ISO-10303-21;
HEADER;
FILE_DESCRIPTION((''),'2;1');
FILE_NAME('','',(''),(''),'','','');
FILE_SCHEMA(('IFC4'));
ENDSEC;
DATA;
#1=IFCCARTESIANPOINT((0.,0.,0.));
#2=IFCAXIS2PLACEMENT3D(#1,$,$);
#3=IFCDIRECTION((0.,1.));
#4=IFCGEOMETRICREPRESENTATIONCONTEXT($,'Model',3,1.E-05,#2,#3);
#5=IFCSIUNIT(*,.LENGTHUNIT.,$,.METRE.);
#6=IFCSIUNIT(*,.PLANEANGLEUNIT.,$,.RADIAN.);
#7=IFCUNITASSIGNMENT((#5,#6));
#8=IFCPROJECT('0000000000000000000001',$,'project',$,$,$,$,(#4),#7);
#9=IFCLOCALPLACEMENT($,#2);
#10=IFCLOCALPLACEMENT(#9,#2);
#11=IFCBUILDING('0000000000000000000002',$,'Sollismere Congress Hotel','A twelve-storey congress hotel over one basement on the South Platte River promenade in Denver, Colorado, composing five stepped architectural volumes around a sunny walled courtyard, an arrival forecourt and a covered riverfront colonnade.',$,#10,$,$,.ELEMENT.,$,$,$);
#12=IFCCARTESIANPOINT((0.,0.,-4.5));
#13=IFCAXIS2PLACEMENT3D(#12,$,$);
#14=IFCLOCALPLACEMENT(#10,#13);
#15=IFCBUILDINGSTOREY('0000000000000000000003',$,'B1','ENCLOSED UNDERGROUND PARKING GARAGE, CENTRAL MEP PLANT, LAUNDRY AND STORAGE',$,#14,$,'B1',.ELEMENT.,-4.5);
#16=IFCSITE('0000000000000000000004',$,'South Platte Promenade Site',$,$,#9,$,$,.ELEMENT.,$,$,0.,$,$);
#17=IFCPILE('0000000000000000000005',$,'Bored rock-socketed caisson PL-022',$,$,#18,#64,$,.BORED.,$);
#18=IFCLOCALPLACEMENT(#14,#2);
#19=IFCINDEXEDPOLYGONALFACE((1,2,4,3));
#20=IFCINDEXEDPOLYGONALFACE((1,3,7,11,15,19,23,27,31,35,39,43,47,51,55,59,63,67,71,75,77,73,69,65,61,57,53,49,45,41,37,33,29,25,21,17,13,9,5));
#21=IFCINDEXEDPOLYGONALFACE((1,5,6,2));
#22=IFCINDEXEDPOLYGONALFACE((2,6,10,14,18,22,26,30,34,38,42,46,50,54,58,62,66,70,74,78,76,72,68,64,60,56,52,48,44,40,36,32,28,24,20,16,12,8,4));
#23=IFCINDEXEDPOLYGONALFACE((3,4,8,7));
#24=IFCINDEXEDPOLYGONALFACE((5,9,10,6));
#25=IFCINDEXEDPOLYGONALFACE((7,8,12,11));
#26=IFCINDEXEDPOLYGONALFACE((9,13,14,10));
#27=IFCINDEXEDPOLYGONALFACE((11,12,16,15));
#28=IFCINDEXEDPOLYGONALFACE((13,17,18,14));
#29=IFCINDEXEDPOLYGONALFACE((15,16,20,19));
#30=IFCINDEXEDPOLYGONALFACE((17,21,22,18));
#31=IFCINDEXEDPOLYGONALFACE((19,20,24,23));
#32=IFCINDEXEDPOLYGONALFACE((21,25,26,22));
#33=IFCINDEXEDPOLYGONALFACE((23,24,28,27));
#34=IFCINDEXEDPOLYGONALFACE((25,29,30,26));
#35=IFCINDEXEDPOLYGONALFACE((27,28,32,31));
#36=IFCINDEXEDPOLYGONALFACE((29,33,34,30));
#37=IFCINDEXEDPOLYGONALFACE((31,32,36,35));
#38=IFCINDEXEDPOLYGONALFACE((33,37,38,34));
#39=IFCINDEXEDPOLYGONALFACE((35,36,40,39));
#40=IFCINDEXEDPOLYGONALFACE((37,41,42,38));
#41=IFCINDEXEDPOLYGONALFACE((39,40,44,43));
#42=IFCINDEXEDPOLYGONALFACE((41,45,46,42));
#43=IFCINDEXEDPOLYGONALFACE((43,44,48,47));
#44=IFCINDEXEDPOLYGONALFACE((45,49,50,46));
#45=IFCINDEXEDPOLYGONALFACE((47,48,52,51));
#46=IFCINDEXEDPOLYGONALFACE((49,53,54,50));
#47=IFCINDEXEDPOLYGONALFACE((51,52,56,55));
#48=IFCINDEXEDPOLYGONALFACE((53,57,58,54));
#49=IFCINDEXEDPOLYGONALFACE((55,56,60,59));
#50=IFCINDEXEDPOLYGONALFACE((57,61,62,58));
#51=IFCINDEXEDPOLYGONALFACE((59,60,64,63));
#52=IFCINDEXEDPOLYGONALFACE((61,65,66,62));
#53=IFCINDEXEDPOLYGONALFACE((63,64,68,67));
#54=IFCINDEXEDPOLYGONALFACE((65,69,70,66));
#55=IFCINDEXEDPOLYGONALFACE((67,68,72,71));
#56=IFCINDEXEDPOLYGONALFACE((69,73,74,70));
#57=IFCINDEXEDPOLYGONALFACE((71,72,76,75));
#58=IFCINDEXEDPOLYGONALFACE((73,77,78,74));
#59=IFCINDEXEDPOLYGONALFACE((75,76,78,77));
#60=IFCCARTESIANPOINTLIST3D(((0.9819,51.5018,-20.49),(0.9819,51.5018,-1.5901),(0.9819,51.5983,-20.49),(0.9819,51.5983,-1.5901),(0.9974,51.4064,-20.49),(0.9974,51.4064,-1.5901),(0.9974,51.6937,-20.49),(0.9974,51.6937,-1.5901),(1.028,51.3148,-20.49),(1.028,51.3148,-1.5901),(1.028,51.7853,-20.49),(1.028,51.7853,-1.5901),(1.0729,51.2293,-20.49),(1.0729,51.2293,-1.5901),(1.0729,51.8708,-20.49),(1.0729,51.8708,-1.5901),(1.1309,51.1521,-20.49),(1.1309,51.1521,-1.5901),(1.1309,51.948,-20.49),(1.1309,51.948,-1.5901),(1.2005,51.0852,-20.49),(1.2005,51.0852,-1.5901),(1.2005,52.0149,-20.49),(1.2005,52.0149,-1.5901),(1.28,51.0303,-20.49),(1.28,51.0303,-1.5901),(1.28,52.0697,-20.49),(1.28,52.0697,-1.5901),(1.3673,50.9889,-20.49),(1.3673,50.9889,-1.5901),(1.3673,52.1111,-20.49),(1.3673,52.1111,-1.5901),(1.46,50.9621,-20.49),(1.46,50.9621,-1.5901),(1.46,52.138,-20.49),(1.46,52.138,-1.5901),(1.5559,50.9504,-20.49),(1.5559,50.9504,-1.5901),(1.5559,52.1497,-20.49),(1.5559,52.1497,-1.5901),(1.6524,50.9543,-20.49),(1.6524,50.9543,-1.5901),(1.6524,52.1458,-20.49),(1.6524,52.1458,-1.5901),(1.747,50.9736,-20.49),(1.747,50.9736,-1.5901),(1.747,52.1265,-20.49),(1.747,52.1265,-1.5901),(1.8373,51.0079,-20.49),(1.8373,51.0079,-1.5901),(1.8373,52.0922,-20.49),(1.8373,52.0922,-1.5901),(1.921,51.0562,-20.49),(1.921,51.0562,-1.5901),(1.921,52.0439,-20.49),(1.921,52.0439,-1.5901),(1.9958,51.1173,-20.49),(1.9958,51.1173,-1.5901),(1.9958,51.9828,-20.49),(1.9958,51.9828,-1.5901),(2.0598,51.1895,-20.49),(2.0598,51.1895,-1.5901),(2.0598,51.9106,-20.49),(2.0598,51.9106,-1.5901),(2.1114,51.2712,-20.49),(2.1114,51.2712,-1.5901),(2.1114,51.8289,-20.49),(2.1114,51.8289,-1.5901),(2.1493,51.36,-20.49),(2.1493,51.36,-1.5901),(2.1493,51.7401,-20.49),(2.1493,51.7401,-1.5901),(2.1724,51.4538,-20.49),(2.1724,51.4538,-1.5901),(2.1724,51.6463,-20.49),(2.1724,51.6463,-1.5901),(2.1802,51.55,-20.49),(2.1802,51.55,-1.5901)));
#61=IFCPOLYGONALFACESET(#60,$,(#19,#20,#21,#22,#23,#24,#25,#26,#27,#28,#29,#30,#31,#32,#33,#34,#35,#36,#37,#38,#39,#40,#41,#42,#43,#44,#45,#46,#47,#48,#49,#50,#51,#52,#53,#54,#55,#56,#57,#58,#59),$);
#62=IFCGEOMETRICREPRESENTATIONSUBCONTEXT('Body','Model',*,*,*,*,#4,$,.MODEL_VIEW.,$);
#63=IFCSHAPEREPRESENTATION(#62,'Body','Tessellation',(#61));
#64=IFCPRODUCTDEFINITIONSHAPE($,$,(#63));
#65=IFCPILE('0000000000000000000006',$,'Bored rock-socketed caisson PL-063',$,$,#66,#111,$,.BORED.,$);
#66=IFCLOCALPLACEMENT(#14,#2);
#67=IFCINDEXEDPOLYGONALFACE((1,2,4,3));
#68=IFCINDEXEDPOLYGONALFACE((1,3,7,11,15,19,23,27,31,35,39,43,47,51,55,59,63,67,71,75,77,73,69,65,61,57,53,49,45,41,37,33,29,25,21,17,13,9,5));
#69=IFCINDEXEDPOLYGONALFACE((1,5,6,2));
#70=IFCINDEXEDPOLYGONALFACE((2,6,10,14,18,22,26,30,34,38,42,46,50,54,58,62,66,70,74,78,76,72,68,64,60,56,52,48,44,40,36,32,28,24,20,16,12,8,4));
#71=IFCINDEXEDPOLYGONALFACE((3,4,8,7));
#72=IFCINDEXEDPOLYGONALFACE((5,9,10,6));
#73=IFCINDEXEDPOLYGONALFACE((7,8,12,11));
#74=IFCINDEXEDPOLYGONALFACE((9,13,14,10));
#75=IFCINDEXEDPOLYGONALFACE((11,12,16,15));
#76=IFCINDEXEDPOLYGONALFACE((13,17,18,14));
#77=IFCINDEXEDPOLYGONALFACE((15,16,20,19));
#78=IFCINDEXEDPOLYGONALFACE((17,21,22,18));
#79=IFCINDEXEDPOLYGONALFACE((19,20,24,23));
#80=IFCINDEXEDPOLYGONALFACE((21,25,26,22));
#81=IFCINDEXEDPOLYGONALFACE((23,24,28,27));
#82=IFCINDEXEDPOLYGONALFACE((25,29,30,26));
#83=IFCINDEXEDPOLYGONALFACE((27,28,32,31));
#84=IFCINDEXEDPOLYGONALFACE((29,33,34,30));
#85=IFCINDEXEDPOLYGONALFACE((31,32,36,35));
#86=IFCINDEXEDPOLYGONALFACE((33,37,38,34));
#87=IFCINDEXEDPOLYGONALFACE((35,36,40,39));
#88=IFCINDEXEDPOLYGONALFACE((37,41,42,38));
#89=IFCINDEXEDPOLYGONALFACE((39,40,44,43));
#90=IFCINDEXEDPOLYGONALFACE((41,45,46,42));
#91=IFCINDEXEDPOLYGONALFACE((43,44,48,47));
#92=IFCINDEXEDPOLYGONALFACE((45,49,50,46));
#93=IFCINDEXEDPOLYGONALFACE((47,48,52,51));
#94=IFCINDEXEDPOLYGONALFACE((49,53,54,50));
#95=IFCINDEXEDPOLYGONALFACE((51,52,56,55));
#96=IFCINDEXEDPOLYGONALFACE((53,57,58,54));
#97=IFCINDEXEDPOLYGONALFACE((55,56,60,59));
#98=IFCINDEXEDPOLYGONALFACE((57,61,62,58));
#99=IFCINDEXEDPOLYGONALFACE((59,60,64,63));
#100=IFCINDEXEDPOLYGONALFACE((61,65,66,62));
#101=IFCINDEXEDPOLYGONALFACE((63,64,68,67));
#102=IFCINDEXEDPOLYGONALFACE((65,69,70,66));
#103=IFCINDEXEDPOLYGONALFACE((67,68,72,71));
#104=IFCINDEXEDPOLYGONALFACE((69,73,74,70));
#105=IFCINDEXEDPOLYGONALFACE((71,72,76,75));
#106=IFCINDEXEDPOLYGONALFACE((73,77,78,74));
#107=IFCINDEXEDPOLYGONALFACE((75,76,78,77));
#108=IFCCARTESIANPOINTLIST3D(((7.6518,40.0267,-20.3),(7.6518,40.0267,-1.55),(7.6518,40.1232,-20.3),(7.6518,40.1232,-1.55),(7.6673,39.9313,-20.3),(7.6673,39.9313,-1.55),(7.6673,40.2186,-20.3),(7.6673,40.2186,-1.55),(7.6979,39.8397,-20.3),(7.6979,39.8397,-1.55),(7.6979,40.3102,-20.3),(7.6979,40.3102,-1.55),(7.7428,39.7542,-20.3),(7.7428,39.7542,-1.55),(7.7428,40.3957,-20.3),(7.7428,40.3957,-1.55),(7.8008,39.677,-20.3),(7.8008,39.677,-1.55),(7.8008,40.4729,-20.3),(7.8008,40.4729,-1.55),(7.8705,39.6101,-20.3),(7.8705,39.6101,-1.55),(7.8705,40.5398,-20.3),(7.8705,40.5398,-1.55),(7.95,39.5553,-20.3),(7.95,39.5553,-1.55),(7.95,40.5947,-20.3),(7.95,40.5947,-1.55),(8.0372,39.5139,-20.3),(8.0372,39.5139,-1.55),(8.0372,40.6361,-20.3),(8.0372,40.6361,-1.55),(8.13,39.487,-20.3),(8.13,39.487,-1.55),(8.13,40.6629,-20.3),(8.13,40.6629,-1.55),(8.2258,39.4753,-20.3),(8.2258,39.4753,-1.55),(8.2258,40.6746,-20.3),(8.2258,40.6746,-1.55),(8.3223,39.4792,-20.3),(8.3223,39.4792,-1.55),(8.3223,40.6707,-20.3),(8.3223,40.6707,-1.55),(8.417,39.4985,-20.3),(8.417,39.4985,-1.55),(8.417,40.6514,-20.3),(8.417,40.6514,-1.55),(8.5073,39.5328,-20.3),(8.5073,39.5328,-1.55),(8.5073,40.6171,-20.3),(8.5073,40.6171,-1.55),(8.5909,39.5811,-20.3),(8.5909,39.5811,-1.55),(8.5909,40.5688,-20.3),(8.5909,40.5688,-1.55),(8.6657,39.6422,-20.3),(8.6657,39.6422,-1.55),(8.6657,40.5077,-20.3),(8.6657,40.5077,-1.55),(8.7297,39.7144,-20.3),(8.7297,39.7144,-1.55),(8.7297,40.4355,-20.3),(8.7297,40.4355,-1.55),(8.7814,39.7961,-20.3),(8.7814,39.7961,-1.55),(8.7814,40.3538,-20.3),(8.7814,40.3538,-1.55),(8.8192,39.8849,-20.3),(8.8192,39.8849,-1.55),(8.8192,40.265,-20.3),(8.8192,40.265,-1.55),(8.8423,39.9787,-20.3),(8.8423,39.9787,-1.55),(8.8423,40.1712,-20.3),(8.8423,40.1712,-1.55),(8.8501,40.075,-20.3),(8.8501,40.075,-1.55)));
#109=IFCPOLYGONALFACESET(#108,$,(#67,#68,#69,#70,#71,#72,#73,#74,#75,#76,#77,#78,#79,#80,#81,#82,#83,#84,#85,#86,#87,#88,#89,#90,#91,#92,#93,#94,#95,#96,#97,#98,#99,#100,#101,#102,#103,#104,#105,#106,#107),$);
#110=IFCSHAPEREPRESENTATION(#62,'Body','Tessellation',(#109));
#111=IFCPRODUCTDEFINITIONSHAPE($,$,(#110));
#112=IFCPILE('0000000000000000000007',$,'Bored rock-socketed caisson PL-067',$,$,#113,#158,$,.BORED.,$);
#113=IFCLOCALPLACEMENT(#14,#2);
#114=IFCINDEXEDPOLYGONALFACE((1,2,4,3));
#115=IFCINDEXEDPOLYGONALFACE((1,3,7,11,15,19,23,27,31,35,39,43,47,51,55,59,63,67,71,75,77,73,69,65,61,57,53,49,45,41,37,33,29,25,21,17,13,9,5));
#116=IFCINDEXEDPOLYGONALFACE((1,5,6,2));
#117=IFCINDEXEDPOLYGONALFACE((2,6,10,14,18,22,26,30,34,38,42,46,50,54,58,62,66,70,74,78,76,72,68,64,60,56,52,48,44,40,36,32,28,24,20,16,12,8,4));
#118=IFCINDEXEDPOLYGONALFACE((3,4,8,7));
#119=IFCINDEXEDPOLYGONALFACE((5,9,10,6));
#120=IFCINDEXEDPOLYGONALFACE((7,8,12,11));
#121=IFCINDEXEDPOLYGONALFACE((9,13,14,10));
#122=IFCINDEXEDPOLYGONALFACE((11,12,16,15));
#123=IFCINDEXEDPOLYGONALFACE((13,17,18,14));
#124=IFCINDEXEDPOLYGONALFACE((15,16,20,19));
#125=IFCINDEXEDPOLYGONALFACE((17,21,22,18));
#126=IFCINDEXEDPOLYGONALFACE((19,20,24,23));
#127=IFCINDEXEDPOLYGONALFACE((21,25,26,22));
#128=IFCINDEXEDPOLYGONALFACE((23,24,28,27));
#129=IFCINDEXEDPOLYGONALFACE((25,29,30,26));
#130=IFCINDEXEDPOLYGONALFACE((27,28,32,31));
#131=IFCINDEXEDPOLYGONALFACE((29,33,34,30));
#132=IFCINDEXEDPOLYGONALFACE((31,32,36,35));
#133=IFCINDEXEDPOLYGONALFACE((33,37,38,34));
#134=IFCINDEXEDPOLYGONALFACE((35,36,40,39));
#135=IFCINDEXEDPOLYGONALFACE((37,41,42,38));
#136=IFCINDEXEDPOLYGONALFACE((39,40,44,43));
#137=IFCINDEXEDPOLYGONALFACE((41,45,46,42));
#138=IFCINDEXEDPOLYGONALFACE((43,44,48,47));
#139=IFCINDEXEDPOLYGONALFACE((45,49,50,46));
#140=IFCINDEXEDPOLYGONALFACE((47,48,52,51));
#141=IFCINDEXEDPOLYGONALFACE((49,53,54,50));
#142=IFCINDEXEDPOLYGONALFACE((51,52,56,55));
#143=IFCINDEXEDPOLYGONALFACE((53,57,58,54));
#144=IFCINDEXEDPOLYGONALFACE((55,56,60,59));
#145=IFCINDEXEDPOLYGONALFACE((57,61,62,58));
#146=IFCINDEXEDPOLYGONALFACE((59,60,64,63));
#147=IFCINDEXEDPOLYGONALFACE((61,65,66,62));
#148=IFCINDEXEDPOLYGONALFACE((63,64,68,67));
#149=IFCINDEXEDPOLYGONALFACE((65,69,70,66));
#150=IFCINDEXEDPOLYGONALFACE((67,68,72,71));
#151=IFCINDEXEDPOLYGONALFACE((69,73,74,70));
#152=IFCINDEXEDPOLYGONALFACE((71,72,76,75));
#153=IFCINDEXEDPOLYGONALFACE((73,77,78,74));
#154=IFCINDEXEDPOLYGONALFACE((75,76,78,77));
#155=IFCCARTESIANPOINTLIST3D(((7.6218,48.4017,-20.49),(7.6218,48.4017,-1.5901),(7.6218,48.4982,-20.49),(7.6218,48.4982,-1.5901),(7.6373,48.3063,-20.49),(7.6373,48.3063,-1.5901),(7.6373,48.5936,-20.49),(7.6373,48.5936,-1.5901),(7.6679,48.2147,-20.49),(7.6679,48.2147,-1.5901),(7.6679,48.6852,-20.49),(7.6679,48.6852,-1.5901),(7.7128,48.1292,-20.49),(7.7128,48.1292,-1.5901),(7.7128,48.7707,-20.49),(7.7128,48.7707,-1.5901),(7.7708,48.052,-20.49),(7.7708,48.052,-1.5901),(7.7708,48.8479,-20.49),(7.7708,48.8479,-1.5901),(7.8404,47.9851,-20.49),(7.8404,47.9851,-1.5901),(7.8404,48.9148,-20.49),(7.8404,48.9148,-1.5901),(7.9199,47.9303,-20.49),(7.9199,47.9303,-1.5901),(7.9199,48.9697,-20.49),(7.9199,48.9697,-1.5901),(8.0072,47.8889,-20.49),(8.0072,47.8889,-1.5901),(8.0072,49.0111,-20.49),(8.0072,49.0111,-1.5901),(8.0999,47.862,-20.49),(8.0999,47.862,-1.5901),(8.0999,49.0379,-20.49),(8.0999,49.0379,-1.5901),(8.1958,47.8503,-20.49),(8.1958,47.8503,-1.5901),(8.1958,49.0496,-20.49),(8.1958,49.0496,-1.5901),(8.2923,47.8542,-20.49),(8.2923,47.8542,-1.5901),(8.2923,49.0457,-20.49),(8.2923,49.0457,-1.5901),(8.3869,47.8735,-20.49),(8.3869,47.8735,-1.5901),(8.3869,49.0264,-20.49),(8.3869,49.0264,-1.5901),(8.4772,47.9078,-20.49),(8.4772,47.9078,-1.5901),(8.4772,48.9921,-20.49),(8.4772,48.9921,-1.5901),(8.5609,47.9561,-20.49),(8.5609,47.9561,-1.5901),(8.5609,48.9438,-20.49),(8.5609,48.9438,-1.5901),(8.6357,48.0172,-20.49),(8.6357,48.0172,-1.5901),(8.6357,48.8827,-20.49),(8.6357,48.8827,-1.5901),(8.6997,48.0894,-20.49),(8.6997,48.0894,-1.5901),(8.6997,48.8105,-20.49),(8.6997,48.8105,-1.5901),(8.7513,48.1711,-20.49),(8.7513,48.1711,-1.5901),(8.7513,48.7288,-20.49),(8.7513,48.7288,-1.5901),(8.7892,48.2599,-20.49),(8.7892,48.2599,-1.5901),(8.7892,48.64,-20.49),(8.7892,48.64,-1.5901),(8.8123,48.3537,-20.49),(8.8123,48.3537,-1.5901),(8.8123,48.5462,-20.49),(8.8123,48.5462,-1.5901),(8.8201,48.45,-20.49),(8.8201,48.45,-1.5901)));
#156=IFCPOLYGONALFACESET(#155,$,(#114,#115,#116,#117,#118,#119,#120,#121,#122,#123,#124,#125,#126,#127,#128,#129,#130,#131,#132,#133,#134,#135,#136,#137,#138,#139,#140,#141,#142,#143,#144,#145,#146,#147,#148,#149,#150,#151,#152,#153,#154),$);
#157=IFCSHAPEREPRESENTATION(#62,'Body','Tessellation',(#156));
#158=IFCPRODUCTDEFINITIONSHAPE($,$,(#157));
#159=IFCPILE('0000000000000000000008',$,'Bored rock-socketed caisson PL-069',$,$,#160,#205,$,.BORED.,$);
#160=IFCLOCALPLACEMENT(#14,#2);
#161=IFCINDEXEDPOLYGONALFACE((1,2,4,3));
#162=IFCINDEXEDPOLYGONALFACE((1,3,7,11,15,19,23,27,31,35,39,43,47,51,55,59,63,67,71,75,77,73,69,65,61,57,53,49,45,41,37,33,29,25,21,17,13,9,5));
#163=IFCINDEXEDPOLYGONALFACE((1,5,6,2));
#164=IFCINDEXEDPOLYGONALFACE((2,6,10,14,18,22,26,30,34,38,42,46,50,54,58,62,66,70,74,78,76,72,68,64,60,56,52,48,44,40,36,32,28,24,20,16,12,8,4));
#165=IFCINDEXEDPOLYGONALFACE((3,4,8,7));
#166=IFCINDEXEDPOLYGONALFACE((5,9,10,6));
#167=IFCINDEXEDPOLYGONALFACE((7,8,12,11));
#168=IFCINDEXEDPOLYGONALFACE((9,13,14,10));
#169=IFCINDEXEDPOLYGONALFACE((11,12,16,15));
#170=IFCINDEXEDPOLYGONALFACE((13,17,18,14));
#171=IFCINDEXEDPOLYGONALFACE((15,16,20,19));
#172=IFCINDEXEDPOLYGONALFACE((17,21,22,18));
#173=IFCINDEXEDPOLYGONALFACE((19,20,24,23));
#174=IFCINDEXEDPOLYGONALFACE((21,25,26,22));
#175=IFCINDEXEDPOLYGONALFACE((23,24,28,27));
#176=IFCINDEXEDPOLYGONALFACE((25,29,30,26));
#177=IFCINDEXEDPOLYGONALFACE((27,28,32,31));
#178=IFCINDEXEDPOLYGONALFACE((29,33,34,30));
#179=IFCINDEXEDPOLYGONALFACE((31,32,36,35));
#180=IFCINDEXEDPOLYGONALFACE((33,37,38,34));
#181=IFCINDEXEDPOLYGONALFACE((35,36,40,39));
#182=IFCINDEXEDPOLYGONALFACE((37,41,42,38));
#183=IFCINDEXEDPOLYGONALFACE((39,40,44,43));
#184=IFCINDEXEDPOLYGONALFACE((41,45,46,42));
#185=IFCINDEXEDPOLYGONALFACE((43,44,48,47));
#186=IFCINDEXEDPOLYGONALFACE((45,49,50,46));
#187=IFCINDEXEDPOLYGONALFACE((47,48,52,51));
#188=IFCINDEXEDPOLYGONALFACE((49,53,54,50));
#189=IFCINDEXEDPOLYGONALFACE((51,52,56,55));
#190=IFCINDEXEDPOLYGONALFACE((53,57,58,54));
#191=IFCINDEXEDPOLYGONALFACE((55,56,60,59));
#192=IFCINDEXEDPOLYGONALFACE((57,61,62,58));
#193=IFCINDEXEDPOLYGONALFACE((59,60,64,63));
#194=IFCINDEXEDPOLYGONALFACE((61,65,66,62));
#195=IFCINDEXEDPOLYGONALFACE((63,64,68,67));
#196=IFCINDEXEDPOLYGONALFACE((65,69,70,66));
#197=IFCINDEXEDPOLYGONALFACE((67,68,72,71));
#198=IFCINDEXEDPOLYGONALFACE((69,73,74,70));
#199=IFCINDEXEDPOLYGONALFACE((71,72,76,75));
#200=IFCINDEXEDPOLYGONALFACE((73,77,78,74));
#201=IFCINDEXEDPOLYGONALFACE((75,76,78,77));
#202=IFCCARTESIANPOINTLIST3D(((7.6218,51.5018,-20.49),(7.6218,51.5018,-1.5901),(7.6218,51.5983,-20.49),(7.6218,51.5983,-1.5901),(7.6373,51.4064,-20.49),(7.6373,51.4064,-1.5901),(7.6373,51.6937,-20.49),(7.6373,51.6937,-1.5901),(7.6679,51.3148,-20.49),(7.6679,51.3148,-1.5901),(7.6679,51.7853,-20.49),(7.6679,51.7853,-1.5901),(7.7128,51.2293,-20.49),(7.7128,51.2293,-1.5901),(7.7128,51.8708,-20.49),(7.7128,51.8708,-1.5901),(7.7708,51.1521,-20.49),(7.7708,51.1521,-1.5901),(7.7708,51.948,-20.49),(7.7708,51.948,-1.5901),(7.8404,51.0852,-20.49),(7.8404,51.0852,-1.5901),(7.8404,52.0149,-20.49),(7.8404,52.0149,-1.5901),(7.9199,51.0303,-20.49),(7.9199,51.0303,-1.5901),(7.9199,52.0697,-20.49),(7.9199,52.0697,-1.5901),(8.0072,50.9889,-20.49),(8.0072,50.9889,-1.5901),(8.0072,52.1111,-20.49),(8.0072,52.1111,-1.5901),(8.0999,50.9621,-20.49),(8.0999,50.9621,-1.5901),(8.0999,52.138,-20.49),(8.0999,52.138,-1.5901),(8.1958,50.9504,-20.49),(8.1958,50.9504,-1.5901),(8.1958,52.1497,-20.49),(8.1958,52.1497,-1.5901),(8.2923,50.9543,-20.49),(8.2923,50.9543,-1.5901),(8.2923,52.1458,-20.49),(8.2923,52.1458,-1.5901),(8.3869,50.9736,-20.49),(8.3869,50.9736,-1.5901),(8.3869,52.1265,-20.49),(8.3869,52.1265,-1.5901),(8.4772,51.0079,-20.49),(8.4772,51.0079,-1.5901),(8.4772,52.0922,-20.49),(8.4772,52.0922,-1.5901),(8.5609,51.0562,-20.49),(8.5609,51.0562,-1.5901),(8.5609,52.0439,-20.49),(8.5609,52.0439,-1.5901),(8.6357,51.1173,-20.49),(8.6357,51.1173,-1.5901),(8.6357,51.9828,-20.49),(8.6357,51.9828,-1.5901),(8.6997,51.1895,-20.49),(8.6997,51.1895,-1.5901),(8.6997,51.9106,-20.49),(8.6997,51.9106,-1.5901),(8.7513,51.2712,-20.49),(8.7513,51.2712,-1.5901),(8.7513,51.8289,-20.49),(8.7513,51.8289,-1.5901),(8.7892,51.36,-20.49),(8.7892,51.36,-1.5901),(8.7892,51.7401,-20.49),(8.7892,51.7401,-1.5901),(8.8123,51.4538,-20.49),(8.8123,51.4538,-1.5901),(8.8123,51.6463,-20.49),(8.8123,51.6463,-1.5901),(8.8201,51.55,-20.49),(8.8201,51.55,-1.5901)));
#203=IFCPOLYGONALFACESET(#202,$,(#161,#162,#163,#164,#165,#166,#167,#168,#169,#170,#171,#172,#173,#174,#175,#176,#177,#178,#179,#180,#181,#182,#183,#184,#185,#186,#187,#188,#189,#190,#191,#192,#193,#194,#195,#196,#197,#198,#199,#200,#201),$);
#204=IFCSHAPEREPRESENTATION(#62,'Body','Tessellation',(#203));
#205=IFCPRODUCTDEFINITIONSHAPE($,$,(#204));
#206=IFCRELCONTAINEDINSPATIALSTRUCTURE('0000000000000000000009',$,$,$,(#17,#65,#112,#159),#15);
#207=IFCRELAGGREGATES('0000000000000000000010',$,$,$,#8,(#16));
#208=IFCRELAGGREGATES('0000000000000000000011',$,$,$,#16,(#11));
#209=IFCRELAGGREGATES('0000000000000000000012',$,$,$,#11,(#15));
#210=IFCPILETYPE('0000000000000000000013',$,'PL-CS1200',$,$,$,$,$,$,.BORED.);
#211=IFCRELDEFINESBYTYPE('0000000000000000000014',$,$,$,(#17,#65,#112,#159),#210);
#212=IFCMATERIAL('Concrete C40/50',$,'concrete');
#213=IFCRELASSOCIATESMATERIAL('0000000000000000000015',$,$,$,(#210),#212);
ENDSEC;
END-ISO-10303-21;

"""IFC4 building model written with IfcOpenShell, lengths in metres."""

from ifc_helpers import new_model, si_unit, direction, frame, origin, origin_2d, place, context, subcontext, project, spatial, circle, extrude, material, material_profile, profile_set, type_object, element, save


model = new_model("IFC4")

# Units and contexts
model_context = context("Model", 3, precision=1e-05, world=origin(), true_north=direction((0.0, 1.0)))
body_context = subcontext(model_context, "Body", "Model", "MODEL_VIEW")
ifc_project = project(units=[si_unit("LENGTHUNIT", "METRE"), si_unit("PLANEANGLEUNIT", "RADIAN")], contexts=[model_context])

# Site, building, storey
site_placement = place(None, origin())
site = spatial("IfcSite", under=ifc_project, at=site_placement, Name="South Platte Promenade Site", CompositionType="ELEMENT", RefElevation=0.0)
building_placement = place(site_placement, origin())
building = spatial("IfcBuilding", under=site, at=building_placement, Name="Sollismere Congress Hotel", Description="A twelve-storey congress hotel over one basement on the South Platte River promenade in Denver, Colorado, composing five stepped architectural volumes around a sunny walled courtyard, an arrival forecourt and a covered riverfront colonnade.", CompositionType="ELEMENT")
storey_placement = place(building_placement, frame((0.0, 0.0, -4.5)))
storey = spatial("IfcBuildingStorey", under=building, at=storey_placement, Name="B1", Description="ENCLOSED UNDERGROUND PARKING GARAGE, CENTRAL MEP PLANT, LAUNDRY AND STORAGE", LongName="B1", CompositionType="ELEMENT", Elevation=-4.5)

# Shared definitions
ifc_material_1 = material(Name="Concrete C40/50", Category="concrete")

# Piles
ifc_material_profile_1 = material_profile(ifc_material_1, circle(Radius=0.6001, at=origin_2d()), Name="CAISSON1200")
ifc_profile_set_1 = profile_set([ifc_material_profile_1], Name="Concrete C40/50")
pile_type = type_object("IfcPileType", Name="PL-CS1200", PredefinedType="BORED", material=ifc_profile_set_1)
for number, where, z_axis, x_axis, name in (
    (1, (1.5801, 51.55, -1.5901), (0.0, 0.0, -1.0), (1.0, 0.0, 0.0), "Bored rock-socketed caisson PL-022"),
):
    element("IfcPile", number, at=place(storey_placement, frame(where, z_axis=z_axis, x_axis=x_axis)), inside=storey, type_object=pile_type, Name=name, PredefinedType="BORED", context=body_context, shape_type="SweptSolid", body=[
        extrude(circle(Radius=0.6001, at=origin_2d()), origin(), (0.0, 0.0, 1.0), 18.8999),
    ])
pile_placement = place(storey_placement, frame((8.25, 40.075, -1.55), z_axis=(0.0, 0.0, -1.0), x_axis=(1.0, 0.0, 0.0)))
element("IfcPile", 2, at=pile_placement, inside=storey, type_object=pile_type, Name="Bored rock-socketed caisson PL-063", PredefinedType="BORED", context=body_context, shape_type="SweptSolid", body=[
    extrude(circle(Radius=0.6001, at=origin_2d()), origin(), (0.0, 0.0, 1.0), 18.75),
])
for number, where, z_axis, x_axis, name in (
    (3, (8.22, 48.45, -1.5901), (0.0, 0.0, -1.0), (1.0, 0.0, 0.0), "Bored rock-socketed caisson PL-067"),
    (4, (8.22, 51.55, -1.5901), (0.0, 0.0, -1.0), (1.0, 0.0, 0.0), "Bored rock-socketed caisson PL-069"),
):
    element("IfcPile", number, at=place(storey_placement, frame(where, z_axis=z_axis, x_axis=x_axis)), inside=storey, type_object=pile_type, Name=name, PredefinedType="BORED", context=body_context, shape_type="SweptSolid", body=[
        extrude(circle(Radius=0.6001, at=origin_2d()), origin(), (0.0, 0.0, 1.0), 18.8999),
    ])

save(model, "model.ifc")
